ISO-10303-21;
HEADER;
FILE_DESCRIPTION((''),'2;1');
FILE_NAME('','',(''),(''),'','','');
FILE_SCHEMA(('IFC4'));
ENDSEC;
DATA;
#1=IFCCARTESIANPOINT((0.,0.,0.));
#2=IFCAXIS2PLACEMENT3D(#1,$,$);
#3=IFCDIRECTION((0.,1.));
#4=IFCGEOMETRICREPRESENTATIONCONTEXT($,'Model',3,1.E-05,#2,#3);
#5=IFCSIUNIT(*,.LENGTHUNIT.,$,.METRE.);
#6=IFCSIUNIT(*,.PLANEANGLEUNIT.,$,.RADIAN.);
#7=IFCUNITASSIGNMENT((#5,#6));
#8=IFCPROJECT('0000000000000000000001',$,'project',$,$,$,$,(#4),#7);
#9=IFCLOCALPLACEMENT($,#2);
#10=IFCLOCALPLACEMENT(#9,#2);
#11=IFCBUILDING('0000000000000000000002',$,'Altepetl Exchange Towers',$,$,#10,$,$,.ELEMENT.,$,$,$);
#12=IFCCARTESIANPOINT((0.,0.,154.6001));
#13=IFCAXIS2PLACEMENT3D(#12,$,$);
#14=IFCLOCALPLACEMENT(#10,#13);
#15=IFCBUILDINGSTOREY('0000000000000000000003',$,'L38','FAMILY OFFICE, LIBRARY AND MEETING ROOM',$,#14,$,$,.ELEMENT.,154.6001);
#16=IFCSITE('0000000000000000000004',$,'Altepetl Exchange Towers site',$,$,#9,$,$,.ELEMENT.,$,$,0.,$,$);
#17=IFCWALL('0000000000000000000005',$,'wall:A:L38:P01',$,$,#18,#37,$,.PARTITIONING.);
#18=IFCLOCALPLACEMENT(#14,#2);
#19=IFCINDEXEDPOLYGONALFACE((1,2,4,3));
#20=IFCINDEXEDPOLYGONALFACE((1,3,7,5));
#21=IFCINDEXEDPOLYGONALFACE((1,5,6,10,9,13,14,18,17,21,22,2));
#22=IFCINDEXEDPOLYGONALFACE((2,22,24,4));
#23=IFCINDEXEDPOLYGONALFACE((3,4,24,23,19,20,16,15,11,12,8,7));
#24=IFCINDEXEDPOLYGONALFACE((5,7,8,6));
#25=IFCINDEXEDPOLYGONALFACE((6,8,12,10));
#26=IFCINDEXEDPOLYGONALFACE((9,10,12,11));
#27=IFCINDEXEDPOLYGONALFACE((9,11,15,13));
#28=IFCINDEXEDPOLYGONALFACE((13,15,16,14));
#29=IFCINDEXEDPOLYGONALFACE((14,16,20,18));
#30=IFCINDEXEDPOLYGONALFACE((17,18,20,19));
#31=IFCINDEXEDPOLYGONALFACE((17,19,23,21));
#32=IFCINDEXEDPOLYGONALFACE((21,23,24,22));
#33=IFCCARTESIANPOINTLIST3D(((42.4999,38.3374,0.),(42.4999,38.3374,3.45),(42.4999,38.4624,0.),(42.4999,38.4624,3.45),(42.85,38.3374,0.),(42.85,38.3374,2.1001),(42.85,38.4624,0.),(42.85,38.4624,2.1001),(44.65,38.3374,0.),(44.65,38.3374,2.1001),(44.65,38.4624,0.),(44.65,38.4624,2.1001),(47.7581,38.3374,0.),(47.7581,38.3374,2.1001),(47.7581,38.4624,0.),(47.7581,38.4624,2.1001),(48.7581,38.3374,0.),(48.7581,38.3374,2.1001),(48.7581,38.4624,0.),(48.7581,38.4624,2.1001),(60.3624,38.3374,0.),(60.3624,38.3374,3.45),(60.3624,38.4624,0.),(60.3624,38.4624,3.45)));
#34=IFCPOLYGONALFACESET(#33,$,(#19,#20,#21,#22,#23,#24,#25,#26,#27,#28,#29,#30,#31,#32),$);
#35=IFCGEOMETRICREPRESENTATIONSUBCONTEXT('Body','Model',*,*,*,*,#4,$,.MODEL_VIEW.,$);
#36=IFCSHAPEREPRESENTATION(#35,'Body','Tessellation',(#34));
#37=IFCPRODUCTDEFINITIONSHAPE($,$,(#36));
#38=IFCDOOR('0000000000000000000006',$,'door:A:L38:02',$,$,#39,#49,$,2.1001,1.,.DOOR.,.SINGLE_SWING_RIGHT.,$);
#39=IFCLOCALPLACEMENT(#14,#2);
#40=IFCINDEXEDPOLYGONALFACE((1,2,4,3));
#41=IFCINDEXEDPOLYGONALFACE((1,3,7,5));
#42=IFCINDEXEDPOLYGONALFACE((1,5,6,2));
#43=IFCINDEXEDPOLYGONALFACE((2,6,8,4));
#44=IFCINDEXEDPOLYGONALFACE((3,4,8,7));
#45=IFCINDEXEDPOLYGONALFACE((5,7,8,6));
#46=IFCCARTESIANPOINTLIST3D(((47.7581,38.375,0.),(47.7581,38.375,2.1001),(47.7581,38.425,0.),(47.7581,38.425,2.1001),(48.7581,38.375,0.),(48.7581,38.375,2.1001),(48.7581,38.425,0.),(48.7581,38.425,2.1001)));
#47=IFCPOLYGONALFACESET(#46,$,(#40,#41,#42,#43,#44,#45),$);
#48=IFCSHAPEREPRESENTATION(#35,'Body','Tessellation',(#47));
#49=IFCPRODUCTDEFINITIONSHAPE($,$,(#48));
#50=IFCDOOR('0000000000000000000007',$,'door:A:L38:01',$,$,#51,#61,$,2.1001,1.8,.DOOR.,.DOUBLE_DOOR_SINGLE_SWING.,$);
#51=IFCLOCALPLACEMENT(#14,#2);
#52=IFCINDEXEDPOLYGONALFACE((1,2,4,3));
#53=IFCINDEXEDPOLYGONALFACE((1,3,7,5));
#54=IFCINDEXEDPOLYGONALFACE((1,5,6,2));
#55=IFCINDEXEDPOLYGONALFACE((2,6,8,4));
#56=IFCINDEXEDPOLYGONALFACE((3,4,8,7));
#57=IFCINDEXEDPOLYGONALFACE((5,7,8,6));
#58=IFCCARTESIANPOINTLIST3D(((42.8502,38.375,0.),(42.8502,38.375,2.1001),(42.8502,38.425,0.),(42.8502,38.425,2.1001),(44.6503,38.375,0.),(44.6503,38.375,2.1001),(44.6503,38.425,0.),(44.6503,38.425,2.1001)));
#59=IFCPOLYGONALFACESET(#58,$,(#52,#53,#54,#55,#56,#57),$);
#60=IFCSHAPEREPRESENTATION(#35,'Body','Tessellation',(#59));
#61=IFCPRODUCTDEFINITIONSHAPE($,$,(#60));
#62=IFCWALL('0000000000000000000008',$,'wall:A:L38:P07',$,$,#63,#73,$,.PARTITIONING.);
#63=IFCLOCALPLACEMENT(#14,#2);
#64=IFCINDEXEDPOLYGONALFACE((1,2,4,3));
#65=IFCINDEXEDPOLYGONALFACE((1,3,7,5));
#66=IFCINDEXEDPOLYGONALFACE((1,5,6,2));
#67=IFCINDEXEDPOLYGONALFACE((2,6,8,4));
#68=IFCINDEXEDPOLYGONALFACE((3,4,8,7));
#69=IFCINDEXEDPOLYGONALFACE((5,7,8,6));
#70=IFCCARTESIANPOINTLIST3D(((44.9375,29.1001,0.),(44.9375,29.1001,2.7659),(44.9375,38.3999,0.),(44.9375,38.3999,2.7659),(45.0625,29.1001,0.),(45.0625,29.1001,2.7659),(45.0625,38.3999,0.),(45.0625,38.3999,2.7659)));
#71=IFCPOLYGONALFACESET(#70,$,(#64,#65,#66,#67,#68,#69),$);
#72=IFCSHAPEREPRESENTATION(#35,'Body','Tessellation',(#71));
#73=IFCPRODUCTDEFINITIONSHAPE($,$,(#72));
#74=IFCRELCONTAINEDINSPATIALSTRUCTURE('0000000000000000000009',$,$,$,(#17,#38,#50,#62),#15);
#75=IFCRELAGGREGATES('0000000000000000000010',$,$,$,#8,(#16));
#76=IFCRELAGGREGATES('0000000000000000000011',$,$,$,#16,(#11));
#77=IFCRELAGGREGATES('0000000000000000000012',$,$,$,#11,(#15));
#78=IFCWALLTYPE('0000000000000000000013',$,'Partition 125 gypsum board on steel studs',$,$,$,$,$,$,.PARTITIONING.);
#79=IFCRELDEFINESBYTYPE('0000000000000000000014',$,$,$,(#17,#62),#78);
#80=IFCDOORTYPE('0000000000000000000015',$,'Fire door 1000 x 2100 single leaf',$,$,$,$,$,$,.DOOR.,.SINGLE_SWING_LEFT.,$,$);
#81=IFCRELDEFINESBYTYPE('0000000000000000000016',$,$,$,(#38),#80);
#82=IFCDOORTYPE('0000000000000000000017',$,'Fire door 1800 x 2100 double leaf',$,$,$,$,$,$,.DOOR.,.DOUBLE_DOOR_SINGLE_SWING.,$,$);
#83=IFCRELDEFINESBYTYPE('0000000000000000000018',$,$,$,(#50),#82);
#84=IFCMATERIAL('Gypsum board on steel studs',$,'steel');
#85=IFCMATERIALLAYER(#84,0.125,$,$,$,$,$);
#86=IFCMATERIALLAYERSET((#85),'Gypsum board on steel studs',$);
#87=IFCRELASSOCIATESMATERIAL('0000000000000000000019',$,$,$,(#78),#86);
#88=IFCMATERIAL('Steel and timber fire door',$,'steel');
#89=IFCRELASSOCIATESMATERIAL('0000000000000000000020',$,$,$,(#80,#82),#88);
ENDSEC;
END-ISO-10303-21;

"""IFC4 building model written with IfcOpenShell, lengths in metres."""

from ifc_helpers import new_model, si_unit, direction, frame, frame_2d, origin, place, context, subcontext, project, spatial, rectangle, extrude, material, layer, layer_set, type_object, element, fill, save


model = new_model("IFC4")

# Units and contexts
model_context = context("Model", 3, precision=1e-05, world=origin(), true_north=direction((0.0, 1.0)))
body_context = subcontext(model_context, "Body", "Model", "MODEL_VIEW")
ifc_project = project(units=[si_unit("LENGTHUNIT", "METRE"), si_unit("PLANEANGLEUNIT", "RADIAN")], contexts=[model_context])

# Site, building, storey
site_placement = place(None, origin())
site = spatial("IfcSite", under=ifc_project, at=site_placement, Name="Altepetl Exchange Towers site", CompositionType="ELEMENT", RefElevation=0.0)
building_placement = place(site_placement, origin())
building = spatial("IfcBuilding", under=site, at=building_placement, Name="Altepetl Exchange Towers", CompositionType="ELEMENT")
storey_placement = place(building_placement, frame((0.0, 0.0, 154.6001)))
storey = spatial("IfcBuildingStorey", under=building, at=storey_placement, Name="L38", Description="FAMILY OFFICE, LIBRARY AND MEETING ROOM", CompositionType="ELEMENT", Elevation=154.6001)

# Wall, openings, doors
ifc_material_1 = material(Name="Gypsum board on steel studs", Category="steel")
ifc_layer_1 = layer(ifc_material_1, 0.125)
ifc_layer_set_1 = layer_set([ifc_layer_1], Name="Gypsum board on steel studs")
wall_type_1 = type_object("IfcWallType", Name="Partition 125 gypsum board on steel studs", PredefinedType="PARTITIONING", material=ifc_layer_set_1)
wall_1_placement = place(storey_placement, frame((42.5, 38.3999, 0.0)))
wall_1 = element("IfcWall", 1, at=wall_1_placement, inside=storey, type_object=wall_type_1, Name="wall:A:L38:P01", PredefinedType="PARTITIONING", context=body_context, shape_type="SweptSolid", body=[
    extrude(rectangle(XDim=17.8625, YDim=0.125, at=frame_2d((8.9312, 0.0))), origin(), (0.0, 0.0, 1.0), 3.45),
])
opening_1_placement = place(wall_1_placement, frame((0.3501, 0.0, 0.0)))
opening_1 = element("IfcOpeningElement", 2, at=opening_1_placement, cuts=wall_1, PredefinedType="OPENING", context=body_context, shape_type="SweptSolid", body=[
    extrude(rectangle(XDim=1.8, YDim=2.1001, at=frame_2d((0.8999, 1.05))), frame((0.0, 0.0725, 0.0), z_axis=(0.0, -1.0, 0.0), x_axis=(1.0, 0.0, 0.0)), (0.0, 0.0, 1.0), 0.145),
])
opening_2_placement = place(wall_1_placement, frame((5.2581, 0.0, 0.0)))
opening_2 = element("IfcOpeningElement", 3, at=opening_2_placement, cuts=wall_1, PredefinedType="OPENING", context=body_context, shape_type="SweptSolid", body=[
    extrude(rectangle(XDim=1.0, YDim=2.1001, at=frame_2d((0.5, 1.05))), frame((0.0, 0.0725, 0.0), z_axis=(0.0, -1.0, 0.0), x_axis=(1.0, 0.0, 0.0)), (0.0, 0.0, 1.0), 0.145),
])
ifc_material_2 = material(Name="Steel and timber fire door", Category="steel")
door_type_1 = type_object("IfcDoorType", Name="Fire door 1000 x 2100 single leaf", OperationType="SINGLE_SWING_LEFT", PredefinedType="DOOR", material=ifc_material_2)
door_1_placement = place(opening_2_placement, frame((1.0, 0.0, 0.0), x_axis=(-1.0, 0.0, 0.0)))
door_1 = element("IfcDoor", 4, at=door_1_placement, inside=storey, type_object=door_type_1, Name="door:A:L38:02", OperationType="SINGLE_SWING_RIGHT", OverallHeight=2.1001, OverallWidth=1.0, PredefinedType="DOOR", context=body_context, shape_type="SweptSolid", body=[
    extrude(rectangle(XDim=1.0, YDim=2.1001, at=frame_2d((0.5, 1.05))), frame((0.0, 0.0249, 0.0), z_axis=(0.0, -1.0, 0.0), x_axis=(1.0, 0.0, 0.0)), (0.0, 0.0, 1.0), 0.05),
])
fill(opening_2, door_1)
door_type_2 = type_object("IfcDoorType", Name="Fire door 1800 x 2100 double leaf", OperationType="DOUBLE_DOOR_SINGLE_SWING", PredefinedType="DOOR", material=ifc_material_2)
door_2_placement = place(opening_1_placement, frame((1.8, 0.0, 0.0), x_axis=(-1.0, 0.0, 0.0)))
door_2 = element("IfcDoor", 5, at=door_2_placement, inside=storey, type_object=door_type_2, Name="door:A:L38:01", OperationType="DOUBLE_DOOR_SINGLE_SWING", OverallHeight=2.1001, OverallWidth=1.8, PredefinedType="DOOR", context=body_context, shape_type="SweptSolid", body=[
    extrude(rectangle(XDim=1.8, YDim=2.1001, at=frame_2d((0.8999, 1.05))), frame((0.0, 0.0249, 0.0), z_axis=(0.0, -1.0, 0.0), x_axis=(1.0, 0.0, 0.0)), (0.0, 0.0, 1.0), 0.05),
])
fill(opening_1, door_2)

# Wall
wall_2_placement = place(storey_placement, frame((45.0, 29.1001, 0.0), z_axis=(0.0, 0.0, 1.0), x_axis=(0.0, 1.0, 0.0)))
element("IfcWall", 6, at=wall_2_placement, inside=storey, type_object=wall_type_1, Name="wall:A:L38:P07", PredefinedType="PARTITIONING", context=body_context, shape_type="SweptSolid", body=[
    extrude(rectangle(XDim=9.2998, YDim=0.125, at=frame_2d((4.6499, 0.0))), origin(), (0.0, 0.0, 1.0), 2.7659),
])

save(model, "model.ifc")
